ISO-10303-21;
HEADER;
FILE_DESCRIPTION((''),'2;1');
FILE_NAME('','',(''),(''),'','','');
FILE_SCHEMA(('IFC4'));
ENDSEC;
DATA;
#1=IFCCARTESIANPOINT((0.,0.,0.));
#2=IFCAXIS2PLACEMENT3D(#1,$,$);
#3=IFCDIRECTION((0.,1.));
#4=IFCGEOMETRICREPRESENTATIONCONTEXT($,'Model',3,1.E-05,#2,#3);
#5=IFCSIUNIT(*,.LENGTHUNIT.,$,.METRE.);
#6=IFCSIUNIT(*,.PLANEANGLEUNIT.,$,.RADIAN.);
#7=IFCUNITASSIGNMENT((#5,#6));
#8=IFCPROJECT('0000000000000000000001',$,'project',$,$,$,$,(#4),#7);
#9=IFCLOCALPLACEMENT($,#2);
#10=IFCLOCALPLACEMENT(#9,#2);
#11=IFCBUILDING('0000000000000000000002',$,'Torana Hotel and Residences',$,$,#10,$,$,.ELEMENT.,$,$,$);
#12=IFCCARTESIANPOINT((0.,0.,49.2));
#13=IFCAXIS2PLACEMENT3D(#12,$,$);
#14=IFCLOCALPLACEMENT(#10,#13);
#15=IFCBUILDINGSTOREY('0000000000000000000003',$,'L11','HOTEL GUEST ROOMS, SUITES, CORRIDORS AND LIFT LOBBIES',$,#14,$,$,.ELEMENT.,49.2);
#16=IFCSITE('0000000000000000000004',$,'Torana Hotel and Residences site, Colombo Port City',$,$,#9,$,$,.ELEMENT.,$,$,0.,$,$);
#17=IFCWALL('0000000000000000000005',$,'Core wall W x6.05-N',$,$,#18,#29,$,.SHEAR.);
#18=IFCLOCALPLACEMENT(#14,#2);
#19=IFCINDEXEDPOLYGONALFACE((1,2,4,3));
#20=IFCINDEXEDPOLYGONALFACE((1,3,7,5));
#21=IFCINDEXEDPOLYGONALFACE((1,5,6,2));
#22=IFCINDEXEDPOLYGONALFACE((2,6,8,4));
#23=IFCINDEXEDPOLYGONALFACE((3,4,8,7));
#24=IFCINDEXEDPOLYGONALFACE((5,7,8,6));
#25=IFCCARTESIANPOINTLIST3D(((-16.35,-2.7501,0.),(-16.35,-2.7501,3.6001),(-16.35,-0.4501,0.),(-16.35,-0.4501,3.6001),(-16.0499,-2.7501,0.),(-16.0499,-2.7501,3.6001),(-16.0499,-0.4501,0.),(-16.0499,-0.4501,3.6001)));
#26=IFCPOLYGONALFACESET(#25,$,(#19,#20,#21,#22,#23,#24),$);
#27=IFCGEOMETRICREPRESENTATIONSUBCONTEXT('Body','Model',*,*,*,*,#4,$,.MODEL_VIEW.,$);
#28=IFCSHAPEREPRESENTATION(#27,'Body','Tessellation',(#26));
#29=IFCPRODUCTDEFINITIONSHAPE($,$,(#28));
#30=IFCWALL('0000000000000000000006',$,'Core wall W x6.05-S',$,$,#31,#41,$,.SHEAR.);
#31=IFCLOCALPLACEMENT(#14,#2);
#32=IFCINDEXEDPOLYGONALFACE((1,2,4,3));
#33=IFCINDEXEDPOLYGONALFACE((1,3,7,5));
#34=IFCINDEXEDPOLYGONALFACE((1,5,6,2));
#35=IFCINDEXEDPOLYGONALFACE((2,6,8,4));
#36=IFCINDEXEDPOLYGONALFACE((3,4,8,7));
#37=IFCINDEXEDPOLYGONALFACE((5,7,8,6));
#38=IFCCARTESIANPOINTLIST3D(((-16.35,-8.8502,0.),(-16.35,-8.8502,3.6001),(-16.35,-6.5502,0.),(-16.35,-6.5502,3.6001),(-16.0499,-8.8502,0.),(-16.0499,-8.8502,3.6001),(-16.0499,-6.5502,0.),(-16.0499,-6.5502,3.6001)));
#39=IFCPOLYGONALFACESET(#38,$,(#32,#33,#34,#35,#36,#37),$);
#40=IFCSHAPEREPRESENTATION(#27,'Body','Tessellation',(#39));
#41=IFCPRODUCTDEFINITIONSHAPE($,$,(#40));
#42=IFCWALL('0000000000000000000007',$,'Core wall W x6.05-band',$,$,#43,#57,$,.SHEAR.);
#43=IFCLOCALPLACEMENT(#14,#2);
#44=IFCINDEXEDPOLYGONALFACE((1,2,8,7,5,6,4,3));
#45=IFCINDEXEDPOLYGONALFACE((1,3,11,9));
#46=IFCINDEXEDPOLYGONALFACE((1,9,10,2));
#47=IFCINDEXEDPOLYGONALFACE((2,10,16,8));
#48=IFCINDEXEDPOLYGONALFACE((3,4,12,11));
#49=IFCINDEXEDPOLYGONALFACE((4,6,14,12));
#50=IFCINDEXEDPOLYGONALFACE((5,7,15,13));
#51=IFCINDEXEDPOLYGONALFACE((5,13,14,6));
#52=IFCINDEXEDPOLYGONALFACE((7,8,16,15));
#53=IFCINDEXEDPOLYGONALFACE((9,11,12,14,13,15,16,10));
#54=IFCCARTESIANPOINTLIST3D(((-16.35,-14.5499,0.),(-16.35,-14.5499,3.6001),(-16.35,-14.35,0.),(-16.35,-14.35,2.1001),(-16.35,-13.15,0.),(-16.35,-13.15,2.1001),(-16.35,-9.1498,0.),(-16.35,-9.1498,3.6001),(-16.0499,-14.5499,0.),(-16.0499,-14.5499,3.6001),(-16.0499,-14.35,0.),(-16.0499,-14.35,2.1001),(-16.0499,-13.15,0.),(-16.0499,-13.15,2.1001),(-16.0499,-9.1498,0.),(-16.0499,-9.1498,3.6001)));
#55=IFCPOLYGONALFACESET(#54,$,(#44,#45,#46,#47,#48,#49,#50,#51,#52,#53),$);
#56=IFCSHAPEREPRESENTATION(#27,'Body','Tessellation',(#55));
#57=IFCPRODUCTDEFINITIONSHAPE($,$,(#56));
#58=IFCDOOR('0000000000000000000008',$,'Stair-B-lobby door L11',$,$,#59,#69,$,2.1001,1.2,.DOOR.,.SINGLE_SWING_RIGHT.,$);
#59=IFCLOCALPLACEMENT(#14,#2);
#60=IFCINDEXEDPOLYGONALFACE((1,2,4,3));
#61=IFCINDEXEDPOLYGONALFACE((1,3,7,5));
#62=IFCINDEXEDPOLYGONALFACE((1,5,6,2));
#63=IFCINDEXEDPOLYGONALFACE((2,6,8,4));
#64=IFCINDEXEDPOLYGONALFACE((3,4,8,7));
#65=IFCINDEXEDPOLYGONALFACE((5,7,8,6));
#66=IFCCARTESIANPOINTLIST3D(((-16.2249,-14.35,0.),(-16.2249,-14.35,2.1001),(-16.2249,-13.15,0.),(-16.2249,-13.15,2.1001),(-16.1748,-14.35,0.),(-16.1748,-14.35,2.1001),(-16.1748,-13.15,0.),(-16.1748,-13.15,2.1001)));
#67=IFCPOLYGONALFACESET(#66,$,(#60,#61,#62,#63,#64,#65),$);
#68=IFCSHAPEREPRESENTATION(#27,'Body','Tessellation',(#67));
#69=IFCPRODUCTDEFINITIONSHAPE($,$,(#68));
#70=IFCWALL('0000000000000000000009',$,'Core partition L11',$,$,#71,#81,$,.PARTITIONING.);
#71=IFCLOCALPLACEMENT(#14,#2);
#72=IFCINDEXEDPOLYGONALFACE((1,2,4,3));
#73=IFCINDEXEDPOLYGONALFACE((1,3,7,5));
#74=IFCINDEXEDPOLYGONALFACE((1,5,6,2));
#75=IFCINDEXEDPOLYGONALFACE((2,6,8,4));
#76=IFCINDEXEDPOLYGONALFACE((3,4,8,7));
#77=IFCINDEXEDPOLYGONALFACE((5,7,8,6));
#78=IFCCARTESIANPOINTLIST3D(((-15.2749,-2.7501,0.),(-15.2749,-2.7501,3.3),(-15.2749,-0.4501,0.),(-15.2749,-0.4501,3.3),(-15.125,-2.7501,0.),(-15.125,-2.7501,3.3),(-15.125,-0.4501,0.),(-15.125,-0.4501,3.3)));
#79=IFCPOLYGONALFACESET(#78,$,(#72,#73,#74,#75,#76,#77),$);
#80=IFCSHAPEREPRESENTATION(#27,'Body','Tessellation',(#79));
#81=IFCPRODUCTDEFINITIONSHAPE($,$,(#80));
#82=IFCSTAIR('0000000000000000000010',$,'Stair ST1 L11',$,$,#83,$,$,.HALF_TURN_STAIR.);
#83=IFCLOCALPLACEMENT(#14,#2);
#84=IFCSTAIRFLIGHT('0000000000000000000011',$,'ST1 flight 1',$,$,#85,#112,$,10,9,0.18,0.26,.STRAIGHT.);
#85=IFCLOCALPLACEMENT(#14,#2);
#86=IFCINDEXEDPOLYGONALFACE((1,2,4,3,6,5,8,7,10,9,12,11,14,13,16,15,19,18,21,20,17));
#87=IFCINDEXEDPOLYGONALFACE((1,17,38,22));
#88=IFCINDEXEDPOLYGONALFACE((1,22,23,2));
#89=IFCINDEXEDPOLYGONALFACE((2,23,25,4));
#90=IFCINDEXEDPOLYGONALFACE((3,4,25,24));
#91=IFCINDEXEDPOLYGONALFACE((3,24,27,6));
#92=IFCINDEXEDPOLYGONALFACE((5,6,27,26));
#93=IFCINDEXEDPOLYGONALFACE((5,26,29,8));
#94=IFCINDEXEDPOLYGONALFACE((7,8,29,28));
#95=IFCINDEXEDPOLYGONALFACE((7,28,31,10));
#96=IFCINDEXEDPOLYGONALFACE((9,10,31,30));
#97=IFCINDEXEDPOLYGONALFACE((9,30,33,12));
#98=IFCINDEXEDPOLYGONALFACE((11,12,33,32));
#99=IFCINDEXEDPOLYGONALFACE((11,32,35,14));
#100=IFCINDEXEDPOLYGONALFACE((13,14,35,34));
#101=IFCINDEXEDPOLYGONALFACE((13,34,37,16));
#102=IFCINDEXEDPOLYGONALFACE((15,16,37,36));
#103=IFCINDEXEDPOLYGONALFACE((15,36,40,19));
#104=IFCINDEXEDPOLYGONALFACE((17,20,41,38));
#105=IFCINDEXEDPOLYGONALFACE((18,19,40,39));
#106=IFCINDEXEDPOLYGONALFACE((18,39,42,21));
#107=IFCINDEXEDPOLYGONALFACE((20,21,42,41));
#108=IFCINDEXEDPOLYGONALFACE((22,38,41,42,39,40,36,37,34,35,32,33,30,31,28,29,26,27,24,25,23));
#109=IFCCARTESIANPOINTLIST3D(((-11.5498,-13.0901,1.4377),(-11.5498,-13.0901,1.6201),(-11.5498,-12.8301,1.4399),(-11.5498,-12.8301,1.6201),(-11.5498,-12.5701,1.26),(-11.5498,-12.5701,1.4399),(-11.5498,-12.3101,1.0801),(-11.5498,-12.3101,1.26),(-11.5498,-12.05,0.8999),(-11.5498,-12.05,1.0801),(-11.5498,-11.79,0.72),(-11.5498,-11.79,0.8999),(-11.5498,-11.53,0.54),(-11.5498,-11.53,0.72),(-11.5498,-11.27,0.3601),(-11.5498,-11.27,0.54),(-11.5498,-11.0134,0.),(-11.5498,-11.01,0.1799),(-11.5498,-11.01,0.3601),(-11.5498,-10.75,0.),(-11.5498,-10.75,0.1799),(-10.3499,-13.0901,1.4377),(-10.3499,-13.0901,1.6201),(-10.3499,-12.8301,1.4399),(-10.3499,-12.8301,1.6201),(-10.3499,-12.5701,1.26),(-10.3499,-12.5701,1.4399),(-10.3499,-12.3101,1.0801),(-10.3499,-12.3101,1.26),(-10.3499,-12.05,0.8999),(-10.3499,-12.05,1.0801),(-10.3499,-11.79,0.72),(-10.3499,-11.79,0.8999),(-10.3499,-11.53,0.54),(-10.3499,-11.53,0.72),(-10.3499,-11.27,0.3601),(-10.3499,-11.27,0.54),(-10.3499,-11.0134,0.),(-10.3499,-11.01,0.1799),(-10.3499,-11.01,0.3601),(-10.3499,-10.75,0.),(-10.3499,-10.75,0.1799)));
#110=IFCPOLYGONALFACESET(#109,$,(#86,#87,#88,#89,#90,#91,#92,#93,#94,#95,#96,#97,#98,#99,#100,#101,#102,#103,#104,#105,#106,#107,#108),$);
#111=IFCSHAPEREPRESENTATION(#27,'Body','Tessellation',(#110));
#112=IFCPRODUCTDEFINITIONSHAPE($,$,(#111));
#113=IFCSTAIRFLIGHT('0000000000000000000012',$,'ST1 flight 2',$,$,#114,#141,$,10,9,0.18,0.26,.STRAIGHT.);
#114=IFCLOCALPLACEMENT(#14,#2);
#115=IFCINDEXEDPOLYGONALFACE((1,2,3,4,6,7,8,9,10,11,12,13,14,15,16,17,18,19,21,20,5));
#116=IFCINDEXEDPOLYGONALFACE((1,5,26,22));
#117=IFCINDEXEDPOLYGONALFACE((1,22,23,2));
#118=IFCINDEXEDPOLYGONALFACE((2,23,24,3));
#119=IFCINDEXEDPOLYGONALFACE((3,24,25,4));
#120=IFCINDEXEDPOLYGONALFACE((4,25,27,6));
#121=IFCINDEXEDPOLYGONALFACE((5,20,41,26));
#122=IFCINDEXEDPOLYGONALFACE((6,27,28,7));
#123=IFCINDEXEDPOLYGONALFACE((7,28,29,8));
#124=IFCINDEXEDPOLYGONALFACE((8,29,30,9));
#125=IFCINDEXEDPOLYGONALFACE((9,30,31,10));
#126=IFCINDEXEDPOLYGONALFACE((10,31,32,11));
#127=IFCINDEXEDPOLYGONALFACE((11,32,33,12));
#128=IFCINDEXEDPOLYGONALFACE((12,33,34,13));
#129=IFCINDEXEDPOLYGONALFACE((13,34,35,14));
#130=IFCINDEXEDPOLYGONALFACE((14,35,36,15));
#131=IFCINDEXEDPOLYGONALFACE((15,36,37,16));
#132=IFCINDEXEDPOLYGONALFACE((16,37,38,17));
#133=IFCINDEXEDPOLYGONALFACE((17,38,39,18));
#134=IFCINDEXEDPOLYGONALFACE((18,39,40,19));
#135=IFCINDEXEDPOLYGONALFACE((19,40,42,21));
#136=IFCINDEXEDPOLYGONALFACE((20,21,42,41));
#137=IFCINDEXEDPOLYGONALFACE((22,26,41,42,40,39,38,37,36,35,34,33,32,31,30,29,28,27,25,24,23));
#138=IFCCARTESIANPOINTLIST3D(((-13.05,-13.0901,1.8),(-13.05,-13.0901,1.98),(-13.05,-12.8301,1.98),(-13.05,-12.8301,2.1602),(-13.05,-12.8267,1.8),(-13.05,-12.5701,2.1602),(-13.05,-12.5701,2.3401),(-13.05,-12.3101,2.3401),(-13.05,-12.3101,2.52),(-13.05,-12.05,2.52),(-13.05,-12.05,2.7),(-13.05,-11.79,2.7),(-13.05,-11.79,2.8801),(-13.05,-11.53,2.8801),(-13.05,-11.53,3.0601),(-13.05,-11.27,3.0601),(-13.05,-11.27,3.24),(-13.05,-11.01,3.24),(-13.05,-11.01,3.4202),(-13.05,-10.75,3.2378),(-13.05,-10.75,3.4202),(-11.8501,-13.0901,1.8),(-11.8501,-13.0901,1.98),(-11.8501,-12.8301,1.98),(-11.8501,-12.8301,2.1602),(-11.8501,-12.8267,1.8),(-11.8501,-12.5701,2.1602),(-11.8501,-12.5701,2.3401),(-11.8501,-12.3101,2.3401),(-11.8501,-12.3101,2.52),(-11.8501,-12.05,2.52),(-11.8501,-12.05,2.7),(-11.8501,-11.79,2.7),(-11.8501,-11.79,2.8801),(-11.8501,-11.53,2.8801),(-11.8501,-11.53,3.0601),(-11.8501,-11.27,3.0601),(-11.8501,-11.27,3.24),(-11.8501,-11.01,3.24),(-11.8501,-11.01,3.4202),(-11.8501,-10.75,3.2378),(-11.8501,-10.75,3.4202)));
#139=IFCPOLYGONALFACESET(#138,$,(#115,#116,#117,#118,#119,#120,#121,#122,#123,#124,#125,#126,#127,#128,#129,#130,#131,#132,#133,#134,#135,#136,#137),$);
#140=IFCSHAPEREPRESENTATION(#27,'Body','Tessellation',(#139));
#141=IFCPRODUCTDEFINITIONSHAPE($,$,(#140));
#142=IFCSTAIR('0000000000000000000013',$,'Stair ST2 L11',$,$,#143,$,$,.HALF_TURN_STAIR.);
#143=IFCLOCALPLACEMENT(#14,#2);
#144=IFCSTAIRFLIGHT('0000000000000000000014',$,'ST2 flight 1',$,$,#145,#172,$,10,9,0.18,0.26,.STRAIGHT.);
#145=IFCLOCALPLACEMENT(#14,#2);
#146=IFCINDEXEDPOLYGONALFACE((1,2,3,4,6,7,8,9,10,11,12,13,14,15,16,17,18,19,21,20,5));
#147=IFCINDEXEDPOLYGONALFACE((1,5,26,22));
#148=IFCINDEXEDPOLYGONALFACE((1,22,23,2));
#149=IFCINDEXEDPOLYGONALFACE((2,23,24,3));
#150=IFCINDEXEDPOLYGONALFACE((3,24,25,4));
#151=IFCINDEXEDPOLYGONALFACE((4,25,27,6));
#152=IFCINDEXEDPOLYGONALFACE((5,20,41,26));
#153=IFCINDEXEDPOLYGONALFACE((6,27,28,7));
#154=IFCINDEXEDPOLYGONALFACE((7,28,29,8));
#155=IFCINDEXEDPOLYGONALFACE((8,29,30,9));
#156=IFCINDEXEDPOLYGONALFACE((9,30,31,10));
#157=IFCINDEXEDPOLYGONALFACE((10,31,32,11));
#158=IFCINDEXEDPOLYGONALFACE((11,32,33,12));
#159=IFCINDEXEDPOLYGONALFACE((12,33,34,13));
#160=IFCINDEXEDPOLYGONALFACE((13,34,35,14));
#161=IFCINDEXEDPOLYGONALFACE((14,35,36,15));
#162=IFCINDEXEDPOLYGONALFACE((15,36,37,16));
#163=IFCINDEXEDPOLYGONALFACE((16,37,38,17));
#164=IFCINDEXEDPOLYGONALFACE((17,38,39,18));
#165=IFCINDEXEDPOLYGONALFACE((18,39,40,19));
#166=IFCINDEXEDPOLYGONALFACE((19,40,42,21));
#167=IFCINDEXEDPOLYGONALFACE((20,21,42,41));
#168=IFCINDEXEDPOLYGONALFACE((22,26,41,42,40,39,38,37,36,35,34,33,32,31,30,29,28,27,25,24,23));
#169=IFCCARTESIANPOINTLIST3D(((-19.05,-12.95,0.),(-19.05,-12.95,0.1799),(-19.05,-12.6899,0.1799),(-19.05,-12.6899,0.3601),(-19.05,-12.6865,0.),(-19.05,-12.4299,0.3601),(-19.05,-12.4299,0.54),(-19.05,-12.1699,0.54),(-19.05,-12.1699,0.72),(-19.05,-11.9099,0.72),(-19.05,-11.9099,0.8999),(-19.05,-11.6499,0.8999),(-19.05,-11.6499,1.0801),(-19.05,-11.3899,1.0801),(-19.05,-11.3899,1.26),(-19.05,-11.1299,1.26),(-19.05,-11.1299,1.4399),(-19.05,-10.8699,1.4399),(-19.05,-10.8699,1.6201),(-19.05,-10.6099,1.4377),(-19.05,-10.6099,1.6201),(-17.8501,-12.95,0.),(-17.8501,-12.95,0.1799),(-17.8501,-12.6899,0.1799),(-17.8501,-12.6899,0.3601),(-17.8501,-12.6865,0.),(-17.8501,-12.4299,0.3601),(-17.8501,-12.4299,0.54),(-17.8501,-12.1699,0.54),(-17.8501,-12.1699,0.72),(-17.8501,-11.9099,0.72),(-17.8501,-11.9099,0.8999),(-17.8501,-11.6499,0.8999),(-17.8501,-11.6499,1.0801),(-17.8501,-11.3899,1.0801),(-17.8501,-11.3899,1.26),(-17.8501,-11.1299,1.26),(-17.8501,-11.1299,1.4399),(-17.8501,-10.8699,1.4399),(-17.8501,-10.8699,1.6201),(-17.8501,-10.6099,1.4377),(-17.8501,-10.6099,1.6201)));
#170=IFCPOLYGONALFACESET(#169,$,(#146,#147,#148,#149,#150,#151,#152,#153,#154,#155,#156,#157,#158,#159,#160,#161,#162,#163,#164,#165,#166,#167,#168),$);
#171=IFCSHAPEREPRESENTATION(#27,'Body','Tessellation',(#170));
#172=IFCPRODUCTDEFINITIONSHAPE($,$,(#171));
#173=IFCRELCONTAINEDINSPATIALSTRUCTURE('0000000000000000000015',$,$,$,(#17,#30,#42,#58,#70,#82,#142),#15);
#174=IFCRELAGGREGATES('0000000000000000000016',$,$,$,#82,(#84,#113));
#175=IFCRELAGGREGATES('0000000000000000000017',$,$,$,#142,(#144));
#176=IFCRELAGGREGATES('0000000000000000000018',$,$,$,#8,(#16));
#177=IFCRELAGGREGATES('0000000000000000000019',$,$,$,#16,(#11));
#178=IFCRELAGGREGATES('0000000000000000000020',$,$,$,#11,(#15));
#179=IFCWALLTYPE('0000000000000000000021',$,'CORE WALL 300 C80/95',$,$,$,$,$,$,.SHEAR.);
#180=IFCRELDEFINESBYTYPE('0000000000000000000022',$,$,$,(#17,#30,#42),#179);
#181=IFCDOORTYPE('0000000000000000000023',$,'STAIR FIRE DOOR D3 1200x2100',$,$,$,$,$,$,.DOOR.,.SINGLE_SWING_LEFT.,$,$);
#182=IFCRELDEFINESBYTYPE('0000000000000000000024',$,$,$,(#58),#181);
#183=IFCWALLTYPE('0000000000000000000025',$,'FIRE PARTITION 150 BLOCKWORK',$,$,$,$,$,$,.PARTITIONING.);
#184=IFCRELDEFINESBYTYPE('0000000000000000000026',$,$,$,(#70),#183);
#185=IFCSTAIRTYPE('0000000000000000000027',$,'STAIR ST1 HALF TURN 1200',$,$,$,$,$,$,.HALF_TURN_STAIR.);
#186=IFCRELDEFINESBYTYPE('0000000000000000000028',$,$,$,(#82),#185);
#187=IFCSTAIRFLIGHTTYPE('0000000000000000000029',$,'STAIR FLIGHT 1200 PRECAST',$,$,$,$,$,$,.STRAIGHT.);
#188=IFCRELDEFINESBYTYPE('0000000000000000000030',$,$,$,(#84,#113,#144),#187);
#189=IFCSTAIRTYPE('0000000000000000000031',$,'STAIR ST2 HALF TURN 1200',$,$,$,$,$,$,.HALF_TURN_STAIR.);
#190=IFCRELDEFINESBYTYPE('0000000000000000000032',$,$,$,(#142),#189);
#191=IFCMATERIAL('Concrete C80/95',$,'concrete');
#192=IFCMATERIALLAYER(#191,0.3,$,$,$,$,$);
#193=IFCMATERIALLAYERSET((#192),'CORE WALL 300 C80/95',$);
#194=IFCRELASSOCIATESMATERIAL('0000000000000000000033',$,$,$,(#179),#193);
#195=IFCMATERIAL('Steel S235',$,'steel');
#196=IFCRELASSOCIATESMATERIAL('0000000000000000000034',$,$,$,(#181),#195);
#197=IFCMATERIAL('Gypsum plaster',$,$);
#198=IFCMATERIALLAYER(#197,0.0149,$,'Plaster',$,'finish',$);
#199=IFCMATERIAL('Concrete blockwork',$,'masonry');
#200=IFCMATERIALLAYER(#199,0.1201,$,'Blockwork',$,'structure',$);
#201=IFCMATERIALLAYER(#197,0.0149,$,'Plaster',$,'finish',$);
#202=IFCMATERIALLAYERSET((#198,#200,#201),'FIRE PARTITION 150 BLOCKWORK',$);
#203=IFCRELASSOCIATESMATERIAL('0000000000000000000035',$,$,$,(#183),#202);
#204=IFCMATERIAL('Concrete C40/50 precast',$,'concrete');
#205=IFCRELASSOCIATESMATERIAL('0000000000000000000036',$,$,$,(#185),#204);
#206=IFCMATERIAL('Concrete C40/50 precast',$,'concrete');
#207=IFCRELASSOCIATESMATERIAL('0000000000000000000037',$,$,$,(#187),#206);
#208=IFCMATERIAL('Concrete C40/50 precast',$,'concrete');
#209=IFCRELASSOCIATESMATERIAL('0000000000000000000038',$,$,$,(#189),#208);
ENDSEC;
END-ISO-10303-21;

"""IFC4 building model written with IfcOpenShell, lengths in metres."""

from ifc_helpers import new_model, si_unit, direction, frame, frame_2d, origin, place, context, subcontext, project, spatial, polyline, rectangle, outline, extrude, material, layer, layer_set, type_object, element, fill, aggregate, save


model = new_model("IFC4")

# Units and contexts
model_context = context("Model", 3, precision=1e-05, world=origin(), true_north=direction((0.0, 1.0)))
body_context = subcontext(model_context, "Body", "Model", "MODEL_VIEW")
ifc_project = project(units=[si_unit("LENGTHUNIT", "METRE"), si_unit("PLANEANGLEUNIT", "RADIAN")], contexts=[model_context])

# Site, building, storey
site_placement = place(None, origin())
site = spatial("IfcSite", under=ifc_project, at=site_placement, Name="Torana Hotel and Residences site, Colombo Port City", CompositionType="ELEMENT", RefElevation=0.0)
building_placement = place(site_placement, origin())
building = spatial("IfcBuilding", under=site, at=building_placement, Name="Torana Hotel and Residences", CompositionType="ELEMENT")
storey_placement = place(building_placement, frame((0.0, 0.0, 49.2)))
storey = spatial("IfcBuildingStorey", under=building, at=storey_placement, Name="L11", Description="HOTEL GUEST ROOMS, SUITES, CORRIDORS AND LIFT LOBBIES", CompositionType="ELEMENT", Elevation=49.2)

# Shared definitions
ifc_material_1 = material(Name="Concrete C80/95", Category="concrete")
ifc_layer_1 = layer(ifc_material_1, 0.3)
ifc_layer_set_1 = layer_set([ifc_layer_1], Name="CORE WALL 300 C80/95")
wall_type_1 = type_object("IfcWallType", Name="CORE WALL 300 C80/95", PredefinedType="SHEAR", material=ifc_layer_set_1)

# Shared definitions
ifc_material_2 = material(Name="Steel S235", Category="steel")
door_type_1 = type_object("IfcDoorType", Name="STAIR FIRE DOOR D3 1200x2100", OperationType="SINGLE_SWING_LEFT", PredefinedType="DOOR", material=ifc_material_2)

# Walls
for number, where, z_axis, x_axis, name in (
    (1, (-16.2, -2.75, 0.0), (0.0, 0.0, 1.0), (0.0, 1.0, 0.0), "Core wall W x6.05-N"),
    (2, (-16.2, -8.8501, 0.0), (0.0, 0.0, 1.0), (0.0, 1.0, 0.0), "Core wall W x6.05-S"),
):
    element("IfcWall", number, at=place(storey_placement, frame(where, z_axis=z_axis, x_axis=x_axis)), inside=storey, type_object=wall_type_1, Name=name, PredefinedType="SHEAR", context=body_context, shape_type="SweptSolid", body=[
        extrude(rectangle(XDim=2.3, YDim=0.3, at=frame_2d((1.1499, 0.0))), origin(), (0.0, 0.0, 1.0), 3.6001),
    ])

# Wall, opening, door
wall_1_placement = place(storey_placement, frame((-16.2, -14.55, 0.0), z_axis=(0.0, 0.0, 1.0), x_axis=(0.0, 1.0, 0.0)))
wall_1 = element("IfcWall", 3, at=wall_1_placement, inside=storey, type_object=wall_type_1, Name="Core wall W x6.05-band", PredefinedType="SHEAR", context=body_context, shape_type="SweptSolid", body=[
    extrude(rectangle(XDim=5.4001, YDim=0.3, at=frame_2d((2.7002, 0.0))), origin(), (0.0, 0.0, 1.0), 3.6001),
])
opening_1_placement = place(wall_1_placement, frame((0.2, 0.0, 0.0)))
opening_1 = element("IfcOpeningElement", 4, at=opening_1_placement, cuts=wall_1, PredefinedType="OPENING", context=body_context, shape_type="SweptSolid", body=[
    extrude(rectangle(XDim=1.2, YDim=2.1001, at=frame_2d((0.6001, 1.05))), frame((0.0, 0.1599, 0.0), z_axis=(0.0, -1.0, 0.0), x_axis=(1.0, 0.0, 0.0)), (0.0, 0.0, 1.0), 0.3201),
])
door_1_placement = place(opening_1_placement, origin())
door_1 = element("IfcDoor", 5, at=door_1_placement, inside=storey, type_object=door_type_1, Name="Stair-B-lobby door L11", OperationType="SINGLE_SWING_RIGHT", OverallHeight=2.1001, OverallWidth=1.2, PredefinedType="DOOR", context=body_context, shape_type="SweptSolid", body=[
    extrude(rectangle(XDim=1.2, YDim=2.1001, at=frame_2d((0.6001, 1.05))), frame((0.0, 0.0249, 0.0), z_axis=(0.0, -1.0, 0.0), x_axis=(1.0, 0.0, 0.0)), (0.0, 0.0, 1.0), 0.05),
])
fill(opening_1, door_1)

# Wall
ifc_material_3 = material(Name="Gypsum plaster")
ifc_layer_2 = layer(ifc_material_3, 0.0149, Name="Plaster", Category="finish")
ifc_material_4 = material(Name="Concrete blockwork", Category="masonry")
ifc_layer_3 = layer(ifc_material_4, 0.1201, Name="Blockwork", Category="structure")
ifc_layer_4 = layer(ifc_material_3, 0.0149, Name="Plaster", Category="finish")
ifc_layer_set_2 = layer_set([ifc_layer_2, ifc_layer_3, ifc_layer_4], Name="FIRE PARTITION 150 BLOCKWORK")
wall_type_2 = type_object("IfcWallType", Name="FIRE PARTITION 150 BLOCKWORK", PredefinedType="PARTITIONING", material=ifc_layer_set_2)
wall_2_placement = place(storey_placement, frame((-15.2, -2.75, 0.0), z_axis=(0.0, 0.0, 1.0), x_axis=(0.0, 1.0, 0.0)))
element("IfcWall", 6, at=wall_2_placement, inside=storey, type_object=wall_type_2, Name="Core partition L11", PredefinedType="PARTITIONING", context=body_context, shape_type="SweptSolid", body=[
    extrude(rectangle(XDim=2.3, YDim=0.1499, at=frame_2d((1.1499, 0.0))), origin(), (0.0, 0.0, 1.0), 3.3),
])

# Stairs, stair flights
ifc_material_5 = material(Name="Concrete C40/50 precast", Category="concrete")
stair_type_1 = type_object("IfcStairType", Name="STAIR ST1 HALF TURN 1200", PredefinedType="HALF_TURN_STAIR", material=ifc_material_5)
stair_1_placement = place(storey_placement, origin())
stair_1 = element("IfcStair", 7, at=stair_1_placement, inside=storey, type_object=stair_type_1, Name="Stair ST1 L11", PredefinedType="HALF_TURN_STAIR")
ifc_material_6 = material(Name="Concrete C40/50 precast", Category="concrete")
stair_flight_type = type_object("IfcStairFlightType", Name="STAIR FLIGHT 1200 PRECAST", PredefinedType="STRAIGHT", material=ifc_material_6)
stair_flight_1_placement = place(storey_placement, frame((-10.95, -10.75, 0.0), z_axis=(0.0, 0.0, 1.0), x_axis=(0.0, -1.0, 0.0)))
stair_flight_1 = element("IfcStairFlight", 8, at=stair_flight_1_placement, type_object=stair_flight_type, Name="ST1 flight 1", NumberOfRisers=10, NumberOfTreads=9, PredefinedType="STRAIGHT", RiserHeight=0.18, TreadLength=0.26, context=body_context, shape_type="SweptSolid", body=[
    extrude(outline(polyline([(0.0, 0.0), (0.0, 0.1799), (0.26, 0.1799), (0.26, 0.3601), (0.52, 0.3601), (0.52, 0.54), (0.78, 0.54), (0.78, 0.72), (1.04, 0.72), (1.04, 0.8999), (1.3, 0.8999), (1.3, 1.0801), (1.5601, 1.0801), (1.5601, 1.26), (1.8201, 1.26), (1.8201, 1.4399), (2.0801, 1.4399), (2.0801, 1.6201), (2.3401, 1.6201), (2.3401, 1.8), (2.3401, 1.4377), (0.2634, 0.0), (0.0, 0.0)])), frame((0.0, 0.6001, 0.0), z_axis=(0.0, -1.0, 0.0), x_axis=(1.0, 0.0, 0.0)), (0.0, 0.0, 1.0), 1.2),
])
stair_flight_2_placement = place(storey_placement, frame((-12.45, -13.0901, 1.8), z_axis=(0.0, 0.0, 1.0), x_axis=(0.0, 1.0, 0.0)))
stair_flight_2 = element("IfcStairFlight", 9, at=stair_flight_2_placement, type_object=stair_flight_type, Name="ST1 flight 2", NumberOfRisers=10, NumberOfTreads=9, PredefinedType="STRAIGHT", RiserHeight=0.18, TreadLength=0.26, context=body_context, shape_type="SweptSolid", body=[
    extrude(outline(polyline([(0.0, 0.0), (0.0, 0.1799), (0.26, 0.1799), (0.26, 0.3601), (0.52, 0.3601), (0.52, 0.54), (0.78, 0.54), (0.78, 0.72), (1.04, 0.72), (1.04, 0.8999), (1.3, 0.8999), (1.3, 1.0801), (1.5601, 1.0801), (1.5601, 1.26), (1.8201, 1.26), (1.8201, 1.4399), (2.0801, 1.4399), (2.0801, 1.6201), (2.3401, 1.6201), (2.3401, 1.8), (2.3401, 1.4377), (0.2634, 0.0), (0.0, 0.0)])), frame((0.0, 0.6001, 0.0), z_axis=(0.0, -1.0, 0.0), x_axis=(1.0, 0.0, 0.0)), (0.0, 0.0, 1.0), 1.2),
])
aggregate(stair_1, [stair_flight_1, stair_flight_2])
ifc_material_7 = material(Name="Concrete C40/50 precast", Category="concrete")
stair_type_2 = type_object("IfcStairType", Name="STAIR ST2 HALF TURN 1200", PredefinedType="HALF_TURN_STAIR", material=ifc_material_7)
stair_2_placement = place(storey_placement, origin())
stair_2 = element("IfcStair", 10, at=stair_2_placement, inside=storey, type_object=stair_type_2, Name="Stair ST2 L11", PredefinedType="HALF_TURN_STAIR")
stair_flight_3_placement = place(storey_placement, frame((-18.45, -12.95, 0.0), z_axis=(0.0, 0.0, 1.0), x_axis=(0.0, 1.0, 0.0)))
stair_flight_3 = element("IfcStairFlight", 11, at=stair_flight_3_placement, type_object=stair_flight_type, Name="ST2 flight 1", NumberOfRisers=10, NumberOfTreads=9, PredefinedType="STRAIGHT", RiserHeight=0.18, TreadLength=0.26, context=body_context, shape_type="SweptSolid", body=[
    extrude(outline(polyline([(0.0, 0.0), (0.0, 0.1799), (0.26, 0.1799), (0.26, 0.3601), (0.52, 0.3601), (0.52, 0.54), (0.78, 0.54), (0.78, 0.72), (1.04, 0.72), (1.04, 0.8999), (1.3, 0.8999), (1.3, 1.0801), (1.5601, 1.0801), (1.5601, 1.26), (1.8201, 1.26), (1.8201, 1.4399), (2.0801, 1.4399), (2.0801, 1.6201), (2.3401, 1.6201), (2.3401, 1.8), (2.3401, 1.4377), (0.2634, 0.0), (0.0, 0.0)])), frame((0.0, 0.6001, 0.0), z_axis=(0.0, -1.0, 0.0), x_axis=(1.0, 0.0, 0.0)), (0.0, 0.0, 1.0), 1.2),
])
aggregate(stair_2, [stair_flight_3])

save(model, "model.ifc")
